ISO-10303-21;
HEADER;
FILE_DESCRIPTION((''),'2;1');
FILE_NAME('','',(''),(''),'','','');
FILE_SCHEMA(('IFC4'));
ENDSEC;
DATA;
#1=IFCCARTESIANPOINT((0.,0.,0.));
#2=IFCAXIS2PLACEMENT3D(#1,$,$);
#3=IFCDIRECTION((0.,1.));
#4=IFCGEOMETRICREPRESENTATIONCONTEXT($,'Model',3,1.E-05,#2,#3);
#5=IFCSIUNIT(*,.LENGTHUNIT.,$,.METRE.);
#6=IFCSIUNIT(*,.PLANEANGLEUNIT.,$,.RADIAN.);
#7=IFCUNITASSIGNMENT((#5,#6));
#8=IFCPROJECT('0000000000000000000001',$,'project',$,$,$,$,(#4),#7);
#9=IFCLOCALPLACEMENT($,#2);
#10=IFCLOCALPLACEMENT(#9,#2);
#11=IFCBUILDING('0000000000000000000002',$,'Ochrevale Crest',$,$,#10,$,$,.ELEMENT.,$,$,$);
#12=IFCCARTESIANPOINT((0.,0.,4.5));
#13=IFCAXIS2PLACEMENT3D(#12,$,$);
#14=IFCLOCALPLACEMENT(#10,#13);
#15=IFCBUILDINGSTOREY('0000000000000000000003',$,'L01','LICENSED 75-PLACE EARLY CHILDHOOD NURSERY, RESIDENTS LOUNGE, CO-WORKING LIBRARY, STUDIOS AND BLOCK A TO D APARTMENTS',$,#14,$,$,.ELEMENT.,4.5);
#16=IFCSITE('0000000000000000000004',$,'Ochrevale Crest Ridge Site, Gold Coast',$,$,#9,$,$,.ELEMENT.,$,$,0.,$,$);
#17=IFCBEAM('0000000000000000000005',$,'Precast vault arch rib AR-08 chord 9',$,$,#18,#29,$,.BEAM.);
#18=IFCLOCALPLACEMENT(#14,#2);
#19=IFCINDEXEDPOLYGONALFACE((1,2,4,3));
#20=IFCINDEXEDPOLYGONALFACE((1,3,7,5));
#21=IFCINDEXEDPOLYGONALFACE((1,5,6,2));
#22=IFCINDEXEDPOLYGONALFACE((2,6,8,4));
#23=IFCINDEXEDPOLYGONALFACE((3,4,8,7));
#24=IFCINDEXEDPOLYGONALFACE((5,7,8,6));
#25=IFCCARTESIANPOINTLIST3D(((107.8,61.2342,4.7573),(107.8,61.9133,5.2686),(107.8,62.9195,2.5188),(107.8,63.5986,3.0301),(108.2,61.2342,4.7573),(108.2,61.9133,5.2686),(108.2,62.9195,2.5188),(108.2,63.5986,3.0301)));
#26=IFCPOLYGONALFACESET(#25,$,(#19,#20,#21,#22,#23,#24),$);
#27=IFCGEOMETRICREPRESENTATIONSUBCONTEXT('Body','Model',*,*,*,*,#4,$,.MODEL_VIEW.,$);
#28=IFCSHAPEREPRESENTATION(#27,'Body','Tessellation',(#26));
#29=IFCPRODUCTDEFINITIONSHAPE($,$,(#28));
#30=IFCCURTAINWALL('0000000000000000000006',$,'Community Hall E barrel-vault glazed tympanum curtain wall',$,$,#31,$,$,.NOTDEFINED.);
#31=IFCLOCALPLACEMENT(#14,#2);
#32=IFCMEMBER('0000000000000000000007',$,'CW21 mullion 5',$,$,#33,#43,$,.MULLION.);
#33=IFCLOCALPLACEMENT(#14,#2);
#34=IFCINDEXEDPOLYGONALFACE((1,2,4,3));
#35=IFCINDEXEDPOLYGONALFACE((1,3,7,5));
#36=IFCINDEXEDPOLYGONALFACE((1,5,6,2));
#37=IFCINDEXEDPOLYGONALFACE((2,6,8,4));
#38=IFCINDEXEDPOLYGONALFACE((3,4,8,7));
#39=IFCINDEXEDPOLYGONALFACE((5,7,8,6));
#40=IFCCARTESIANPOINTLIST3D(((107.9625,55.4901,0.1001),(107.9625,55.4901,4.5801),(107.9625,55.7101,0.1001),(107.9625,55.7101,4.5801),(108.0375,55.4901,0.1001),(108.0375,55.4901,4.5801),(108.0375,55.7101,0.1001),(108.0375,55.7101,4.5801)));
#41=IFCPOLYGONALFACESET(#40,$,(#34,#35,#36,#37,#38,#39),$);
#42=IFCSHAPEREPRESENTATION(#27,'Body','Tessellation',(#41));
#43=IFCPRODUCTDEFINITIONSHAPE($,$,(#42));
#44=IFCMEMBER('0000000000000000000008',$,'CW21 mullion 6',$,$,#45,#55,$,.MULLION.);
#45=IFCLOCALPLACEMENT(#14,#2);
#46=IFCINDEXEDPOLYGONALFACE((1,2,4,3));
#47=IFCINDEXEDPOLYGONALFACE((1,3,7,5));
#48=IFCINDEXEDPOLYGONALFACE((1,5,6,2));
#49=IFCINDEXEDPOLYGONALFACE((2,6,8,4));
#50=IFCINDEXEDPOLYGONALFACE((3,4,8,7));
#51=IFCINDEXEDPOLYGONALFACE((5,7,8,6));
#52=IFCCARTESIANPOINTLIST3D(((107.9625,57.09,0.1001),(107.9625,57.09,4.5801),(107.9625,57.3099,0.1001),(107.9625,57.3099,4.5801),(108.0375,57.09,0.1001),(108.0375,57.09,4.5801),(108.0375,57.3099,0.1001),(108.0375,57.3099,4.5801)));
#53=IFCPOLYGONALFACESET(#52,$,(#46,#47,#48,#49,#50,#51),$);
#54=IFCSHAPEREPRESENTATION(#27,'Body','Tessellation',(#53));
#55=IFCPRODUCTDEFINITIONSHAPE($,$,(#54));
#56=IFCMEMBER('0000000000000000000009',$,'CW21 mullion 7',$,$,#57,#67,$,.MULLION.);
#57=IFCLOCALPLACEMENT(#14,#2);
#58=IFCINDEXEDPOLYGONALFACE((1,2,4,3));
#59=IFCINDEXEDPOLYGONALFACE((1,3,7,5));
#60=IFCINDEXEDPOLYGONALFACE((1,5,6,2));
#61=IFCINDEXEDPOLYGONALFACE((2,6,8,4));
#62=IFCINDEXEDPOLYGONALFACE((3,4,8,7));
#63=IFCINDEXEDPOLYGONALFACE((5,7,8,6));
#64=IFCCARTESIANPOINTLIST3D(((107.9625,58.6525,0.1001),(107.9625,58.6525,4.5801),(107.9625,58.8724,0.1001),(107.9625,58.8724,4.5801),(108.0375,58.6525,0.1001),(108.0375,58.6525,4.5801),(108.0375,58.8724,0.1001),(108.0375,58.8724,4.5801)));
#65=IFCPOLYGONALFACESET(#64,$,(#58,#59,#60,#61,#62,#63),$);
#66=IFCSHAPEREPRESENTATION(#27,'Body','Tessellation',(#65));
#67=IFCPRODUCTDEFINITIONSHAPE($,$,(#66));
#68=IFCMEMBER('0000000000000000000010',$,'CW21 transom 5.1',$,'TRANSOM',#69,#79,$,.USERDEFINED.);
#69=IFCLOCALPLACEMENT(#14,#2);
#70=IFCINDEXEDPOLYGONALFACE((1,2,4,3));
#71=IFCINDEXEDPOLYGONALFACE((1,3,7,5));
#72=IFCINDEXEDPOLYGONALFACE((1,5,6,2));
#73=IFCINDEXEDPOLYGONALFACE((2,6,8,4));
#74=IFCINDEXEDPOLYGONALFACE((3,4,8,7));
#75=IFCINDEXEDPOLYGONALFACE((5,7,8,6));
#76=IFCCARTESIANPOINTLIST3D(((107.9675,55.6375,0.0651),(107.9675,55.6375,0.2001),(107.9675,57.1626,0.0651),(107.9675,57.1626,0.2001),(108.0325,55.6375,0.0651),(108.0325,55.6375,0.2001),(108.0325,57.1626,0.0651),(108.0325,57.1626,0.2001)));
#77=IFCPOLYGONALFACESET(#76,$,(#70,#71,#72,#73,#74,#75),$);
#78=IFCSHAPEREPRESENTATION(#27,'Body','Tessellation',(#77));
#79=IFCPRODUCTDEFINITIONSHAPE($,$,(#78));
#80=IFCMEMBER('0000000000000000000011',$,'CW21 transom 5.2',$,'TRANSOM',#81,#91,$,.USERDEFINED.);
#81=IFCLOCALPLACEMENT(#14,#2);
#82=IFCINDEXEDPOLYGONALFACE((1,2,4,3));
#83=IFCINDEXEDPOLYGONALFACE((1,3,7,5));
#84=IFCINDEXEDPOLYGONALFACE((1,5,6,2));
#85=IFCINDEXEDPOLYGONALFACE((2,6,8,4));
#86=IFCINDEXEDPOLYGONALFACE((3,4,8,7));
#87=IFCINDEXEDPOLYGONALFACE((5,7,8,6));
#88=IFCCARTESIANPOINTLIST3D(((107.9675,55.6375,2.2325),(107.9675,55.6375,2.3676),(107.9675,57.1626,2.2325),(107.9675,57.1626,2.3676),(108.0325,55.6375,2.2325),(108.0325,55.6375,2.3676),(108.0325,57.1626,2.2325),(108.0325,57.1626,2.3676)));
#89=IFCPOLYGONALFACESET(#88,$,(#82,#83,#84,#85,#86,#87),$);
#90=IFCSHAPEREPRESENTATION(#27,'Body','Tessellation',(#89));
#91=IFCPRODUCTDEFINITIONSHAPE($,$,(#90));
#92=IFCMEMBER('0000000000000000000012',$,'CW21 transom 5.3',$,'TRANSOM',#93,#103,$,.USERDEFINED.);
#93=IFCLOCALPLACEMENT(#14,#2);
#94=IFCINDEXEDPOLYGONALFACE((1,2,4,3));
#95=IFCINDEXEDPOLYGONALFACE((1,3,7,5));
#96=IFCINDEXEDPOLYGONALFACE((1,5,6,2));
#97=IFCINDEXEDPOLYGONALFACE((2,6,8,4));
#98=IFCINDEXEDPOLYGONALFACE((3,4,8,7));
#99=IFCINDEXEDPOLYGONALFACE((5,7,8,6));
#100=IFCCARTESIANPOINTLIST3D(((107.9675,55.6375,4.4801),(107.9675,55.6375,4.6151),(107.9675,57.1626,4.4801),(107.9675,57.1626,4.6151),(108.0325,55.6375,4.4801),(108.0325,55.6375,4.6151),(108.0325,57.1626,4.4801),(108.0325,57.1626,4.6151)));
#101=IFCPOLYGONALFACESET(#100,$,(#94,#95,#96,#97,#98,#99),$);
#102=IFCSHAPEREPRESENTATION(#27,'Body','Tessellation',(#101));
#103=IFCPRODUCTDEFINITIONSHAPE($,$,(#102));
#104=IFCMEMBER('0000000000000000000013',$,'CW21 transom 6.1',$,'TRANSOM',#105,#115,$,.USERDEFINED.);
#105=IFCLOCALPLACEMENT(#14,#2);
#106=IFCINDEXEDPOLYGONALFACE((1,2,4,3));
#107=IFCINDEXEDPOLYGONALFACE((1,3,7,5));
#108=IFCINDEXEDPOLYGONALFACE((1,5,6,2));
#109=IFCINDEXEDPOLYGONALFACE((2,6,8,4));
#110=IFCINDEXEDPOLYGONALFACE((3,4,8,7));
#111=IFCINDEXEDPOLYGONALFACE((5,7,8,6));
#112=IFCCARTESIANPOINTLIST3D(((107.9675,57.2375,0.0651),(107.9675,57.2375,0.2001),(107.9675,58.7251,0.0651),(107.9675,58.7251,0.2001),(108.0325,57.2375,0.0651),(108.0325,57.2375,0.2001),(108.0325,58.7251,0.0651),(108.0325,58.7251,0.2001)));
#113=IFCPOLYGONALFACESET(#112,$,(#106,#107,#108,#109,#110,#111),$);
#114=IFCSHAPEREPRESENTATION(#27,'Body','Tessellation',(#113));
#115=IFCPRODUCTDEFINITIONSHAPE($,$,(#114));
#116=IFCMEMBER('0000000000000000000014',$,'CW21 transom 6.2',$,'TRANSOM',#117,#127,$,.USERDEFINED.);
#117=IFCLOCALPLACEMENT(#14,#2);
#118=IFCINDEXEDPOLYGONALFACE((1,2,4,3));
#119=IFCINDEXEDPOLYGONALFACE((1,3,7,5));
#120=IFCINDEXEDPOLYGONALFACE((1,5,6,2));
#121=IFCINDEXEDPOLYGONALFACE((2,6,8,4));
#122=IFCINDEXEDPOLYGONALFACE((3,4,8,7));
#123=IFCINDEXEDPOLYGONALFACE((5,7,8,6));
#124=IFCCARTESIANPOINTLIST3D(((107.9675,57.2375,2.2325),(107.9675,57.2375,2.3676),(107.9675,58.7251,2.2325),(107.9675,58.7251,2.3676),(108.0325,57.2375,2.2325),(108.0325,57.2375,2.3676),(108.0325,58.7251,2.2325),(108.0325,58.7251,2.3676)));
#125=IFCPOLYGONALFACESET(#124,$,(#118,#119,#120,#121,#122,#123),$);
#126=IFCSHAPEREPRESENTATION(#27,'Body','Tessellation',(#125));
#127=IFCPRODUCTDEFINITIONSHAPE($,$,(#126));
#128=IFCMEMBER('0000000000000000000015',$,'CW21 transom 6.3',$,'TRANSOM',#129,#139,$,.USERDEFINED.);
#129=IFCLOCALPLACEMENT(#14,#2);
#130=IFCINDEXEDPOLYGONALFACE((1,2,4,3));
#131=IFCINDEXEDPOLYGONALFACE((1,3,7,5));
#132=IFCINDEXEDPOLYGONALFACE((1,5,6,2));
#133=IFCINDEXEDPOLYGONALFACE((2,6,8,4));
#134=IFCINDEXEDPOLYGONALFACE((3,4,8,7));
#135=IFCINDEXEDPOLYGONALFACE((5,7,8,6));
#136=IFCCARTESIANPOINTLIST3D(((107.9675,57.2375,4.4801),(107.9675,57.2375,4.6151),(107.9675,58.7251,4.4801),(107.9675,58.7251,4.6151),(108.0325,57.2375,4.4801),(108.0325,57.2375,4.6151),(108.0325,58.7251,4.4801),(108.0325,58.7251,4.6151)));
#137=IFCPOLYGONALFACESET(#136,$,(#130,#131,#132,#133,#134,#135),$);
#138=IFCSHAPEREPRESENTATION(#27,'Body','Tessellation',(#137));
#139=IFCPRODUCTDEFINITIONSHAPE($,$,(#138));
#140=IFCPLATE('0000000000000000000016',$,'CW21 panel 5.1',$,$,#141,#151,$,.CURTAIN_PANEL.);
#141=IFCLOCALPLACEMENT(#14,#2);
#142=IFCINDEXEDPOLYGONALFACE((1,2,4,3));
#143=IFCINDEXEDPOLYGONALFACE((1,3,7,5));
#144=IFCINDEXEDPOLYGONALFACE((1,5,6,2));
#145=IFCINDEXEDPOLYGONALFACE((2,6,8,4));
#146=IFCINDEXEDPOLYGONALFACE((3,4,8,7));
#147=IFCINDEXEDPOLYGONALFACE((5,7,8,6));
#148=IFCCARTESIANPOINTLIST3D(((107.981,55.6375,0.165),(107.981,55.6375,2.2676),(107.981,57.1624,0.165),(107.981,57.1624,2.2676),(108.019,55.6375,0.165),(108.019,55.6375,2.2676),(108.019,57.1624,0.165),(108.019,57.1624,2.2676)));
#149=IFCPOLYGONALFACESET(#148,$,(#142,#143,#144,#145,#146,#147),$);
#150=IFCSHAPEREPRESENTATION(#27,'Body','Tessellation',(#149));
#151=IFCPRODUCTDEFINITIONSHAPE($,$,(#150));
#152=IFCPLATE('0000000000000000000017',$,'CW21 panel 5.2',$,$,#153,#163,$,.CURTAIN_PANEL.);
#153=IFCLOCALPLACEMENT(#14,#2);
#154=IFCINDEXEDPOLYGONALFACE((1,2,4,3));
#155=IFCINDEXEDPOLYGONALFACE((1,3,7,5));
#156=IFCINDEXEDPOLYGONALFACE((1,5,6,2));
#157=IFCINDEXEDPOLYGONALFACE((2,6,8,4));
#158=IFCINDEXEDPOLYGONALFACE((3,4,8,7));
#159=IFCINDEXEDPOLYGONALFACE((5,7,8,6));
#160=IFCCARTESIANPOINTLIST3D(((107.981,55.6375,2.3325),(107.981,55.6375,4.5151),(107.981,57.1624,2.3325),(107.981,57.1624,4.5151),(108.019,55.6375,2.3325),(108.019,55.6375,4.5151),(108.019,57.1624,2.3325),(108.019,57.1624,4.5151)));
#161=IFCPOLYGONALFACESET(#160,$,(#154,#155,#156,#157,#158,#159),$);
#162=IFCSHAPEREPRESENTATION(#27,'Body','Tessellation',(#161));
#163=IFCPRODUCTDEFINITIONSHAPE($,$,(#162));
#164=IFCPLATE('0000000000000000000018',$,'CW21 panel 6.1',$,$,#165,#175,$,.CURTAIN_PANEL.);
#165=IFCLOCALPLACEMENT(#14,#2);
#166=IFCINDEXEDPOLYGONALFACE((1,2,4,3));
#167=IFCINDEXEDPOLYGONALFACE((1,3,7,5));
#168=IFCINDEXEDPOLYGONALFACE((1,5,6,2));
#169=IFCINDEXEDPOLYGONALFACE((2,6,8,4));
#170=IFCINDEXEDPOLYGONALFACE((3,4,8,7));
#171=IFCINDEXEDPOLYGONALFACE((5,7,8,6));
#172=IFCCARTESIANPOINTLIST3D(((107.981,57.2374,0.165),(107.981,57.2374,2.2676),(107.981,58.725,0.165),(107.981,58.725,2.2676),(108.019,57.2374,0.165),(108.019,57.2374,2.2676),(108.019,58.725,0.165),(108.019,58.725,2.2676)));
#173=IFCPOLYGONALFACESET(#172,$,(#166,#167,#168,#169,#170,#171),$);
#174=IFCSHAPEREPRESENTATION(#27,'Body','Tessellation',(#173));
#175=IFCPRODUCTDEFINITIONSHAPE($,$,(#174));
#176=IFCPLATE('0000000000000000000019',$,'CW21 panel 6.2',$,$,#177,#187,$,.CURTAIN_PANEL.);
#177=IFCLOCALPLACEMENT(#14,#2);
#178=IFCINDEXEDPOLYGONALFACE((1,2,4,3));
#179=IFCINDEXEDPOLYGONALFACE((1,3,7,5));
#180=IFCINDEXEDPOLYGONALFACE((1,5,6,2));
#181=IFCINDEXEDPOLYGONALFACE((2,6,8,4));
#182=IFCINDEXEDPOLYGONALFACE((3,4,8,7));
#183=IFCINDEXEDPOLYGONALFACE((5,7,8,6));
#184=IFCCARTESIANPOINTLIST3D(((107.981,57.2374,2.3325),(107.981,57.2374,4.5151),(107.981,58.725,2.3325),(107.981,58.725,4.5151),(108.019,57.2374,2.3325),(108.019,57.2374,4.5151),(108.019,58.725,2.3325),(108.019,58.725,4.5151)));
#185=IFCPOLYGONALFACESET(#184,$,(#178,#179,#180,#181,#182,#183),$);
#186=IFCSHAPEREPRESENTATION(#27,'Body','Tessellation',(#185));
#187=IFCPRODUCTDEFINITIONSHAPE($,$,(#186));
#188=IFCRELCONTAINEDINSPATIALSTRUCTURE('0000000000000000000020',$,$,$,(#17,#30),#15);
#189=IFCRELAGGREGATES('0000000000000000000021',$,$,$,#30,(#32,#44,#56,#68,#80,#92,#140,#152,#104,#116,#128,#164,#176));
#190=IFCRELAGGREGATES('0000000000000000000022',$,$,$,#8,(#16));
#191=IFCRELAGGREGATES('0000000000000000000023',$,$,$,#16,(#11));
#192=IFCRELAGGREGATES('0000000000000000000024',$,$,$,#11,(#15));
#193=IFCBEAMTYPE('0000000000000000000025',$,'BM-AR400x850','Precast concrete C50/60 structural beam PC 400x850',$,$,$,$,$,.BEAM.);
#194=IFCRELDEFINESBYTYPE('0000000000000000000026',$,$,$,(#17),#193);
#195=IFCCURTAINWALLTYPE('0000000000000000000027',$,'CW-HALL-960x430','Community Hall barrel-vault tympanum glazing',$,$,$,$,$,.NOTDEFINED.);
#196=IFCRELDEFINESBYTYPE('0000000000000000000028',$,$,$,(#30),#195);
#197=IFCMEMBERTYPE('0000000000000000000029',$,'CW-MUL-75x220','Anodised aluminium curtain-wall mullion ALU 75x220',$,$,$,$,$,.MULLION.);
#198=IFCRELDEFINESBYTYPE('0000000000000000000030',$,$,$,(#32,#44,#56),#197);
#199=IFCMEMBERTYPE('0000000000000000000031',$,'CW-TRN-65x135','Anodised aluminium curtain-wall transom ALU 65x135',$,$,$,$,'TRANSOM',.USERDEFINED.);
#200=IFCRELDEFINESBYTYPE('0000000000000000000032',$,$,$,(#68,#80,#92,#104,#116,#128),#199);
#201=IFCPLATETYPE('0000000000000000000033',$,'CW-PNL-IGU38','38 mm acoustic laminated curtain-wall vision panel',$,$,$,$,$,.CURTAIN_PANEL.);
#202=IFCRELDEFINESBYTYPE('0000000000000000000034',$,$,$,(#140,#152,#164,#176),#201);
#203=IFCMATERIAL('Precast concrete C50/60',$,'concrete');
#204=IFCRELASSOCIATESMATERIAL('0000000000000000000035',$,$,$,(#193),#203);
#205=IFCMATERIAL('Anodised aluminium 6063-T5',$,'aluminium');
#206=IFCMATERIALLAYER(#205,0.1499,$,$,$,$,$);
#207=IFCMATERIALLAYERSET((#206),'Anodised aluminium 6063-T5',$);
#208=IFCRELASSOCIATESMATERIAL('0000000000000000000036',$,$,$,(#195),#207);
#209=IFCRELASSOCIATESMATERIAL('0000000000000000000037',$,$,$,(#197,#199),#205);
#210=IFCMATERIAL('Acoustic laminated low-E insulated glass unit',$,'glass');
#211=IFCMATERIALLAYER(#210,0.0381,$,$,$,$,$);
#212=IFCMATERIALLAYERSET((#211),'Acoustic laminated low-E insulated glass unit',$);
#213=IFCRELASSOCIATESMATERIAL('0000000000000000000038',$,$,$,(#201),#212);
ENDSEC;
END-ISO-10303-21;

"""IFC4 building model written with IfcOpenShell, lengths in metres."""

from ifc_helpers import new_model, si_unit, direction, frame, origin, origin_2d, place, context, subcontext, project, spatial, rectangle, extrude, material, layer, layer_set, material_profile, profile_set, type_object, element, aggregate, save


model = new_model("IFC4")

# Units and contexts
model_context = context("Model", 3, precision=1e-05, world=origin(), true_north=direction((0.0, 1.0)))
body_context = subcontext(model_context, "Body", "Model", "MODEL_VIEW")
ifc_project = project(units=[si_unit("LENGTHUNIT", "METRE"), si_unit("PLANEANGLEUNIT", "RADIAN")], contexts=[model_context])

# Site, building, storey
site_placement = place(None, origin())
site = spatial("IfcSite", under=ifc_project, at=site_placement, Name="Ochrevale Crest Ridge Site, Gold Coast", CompositionType="ELEMENT", RefElevation=0.0)
building_placement = place(site_placement, origin())
building = spatial("IfcBuilding", under=site, at=building_placement, Name="Ochrevale Crest", CompositionType="ELEMENT")
storey_placement = place(building_placement, frame((0.0, 0.0, 4.5)))
storey = spatial("IfcBuildingStorey", under=building, at=storey_placement, Name="L01", Description="LICENSED 75-PLACE EARLY CHILDHOOD NURSERY, RESIDENTS LOUNGE, CO-WORKING LIBRARY, STUDIOS AND BLOCK A TO D APARTMENTS", CompositionType="ELEMENT", Elevation=4.5)

# Beam
ifc_material_1 = material(Name="Precast concrete C50/60", Category="concrete")
ifc_material_profile_1 = material_profile(ifc_material_1, rectangle(XDim=0.3999, YDim=0.8501, at=origin_2d()), Name="PC 400x850")
ifc_profile_set_1 = profile_set([ifc_material_profile_1], Name="Precast concrete C50/60")
beam_type = type_object("IfcBeamType", Name="BM-AR400x850", Description="Precast concrete C50/60 structural beam PC 400x850", PredefinedType="BEAM", material=ifc_profile_set_1)
beam_placement = place(storey_placement, frame((108.0, 61.5737, 5.0129), z_axis=(0.0, 0.601463, -0.798901), x_axis=(-1.0, 0.0, 0.0)))
element("IfcBeam", 1, at=beam_placement, inside=storey, type_object=beam_type, Name="Precast vault arch rib AR-08 chord 9", PredefinedType="BEAM", context=body_context, shape_type="SweptSolid", body=[
    extrude(rectangle(XDim=0.3999, YDim=0.8501, at=origin_2d()), origin(), (0.0, 0.0, 1.0), 2.802),
])

# Curtain wall, members, plates
ifc_material_2 = material(Name="Anodised aluminium 6063-T5", Category="aluminium")
ifc_layer_1 = layer(ifc_material_2, 0.1499)
ifc_layer_set_1 = layer_set([ifc_layer_1], Name="Anodised aluminium 6063-T5")
curtain_wall_type = type_object("IfcCurtainWallType", Name="CW-HALL-960x430", Description="Community Hall barrel-vault tympanum glazing", PredefinedType="NOTDEFINED", material=ifc_layer_set_1)
curtain_wall_placement = place(storey_placement, origin())
curtain_wall = element("IfcCurtainWall", 2, at=curtain_wall_placement, inside=storey, type_object=curtain_wall_type, Name="Community Hall E barrel-vault glazed tympanum curtain wall", PredefinedType="NOTDEFINED")
ifc_material_profile_2 = material_profile(ifc_material_2, rectangle(XDim=0.075, YDim=0.22, at=origin_2d()), Name="ALU 75x220")
ifc_profile_set_2 = profile_set([ifc_material_profile_2], Name="Anodised aluminium 6063-T5")
member_type_1 = type_object("IfcMemberType", Name="CW-MUL-75x220", Description="Anodised aluminium curtain-wall mullion ALU 75x220", PredefinedType="MULLION", material=ifc_profile_set_2)
member_1_placement = place(storey_placement, frame((108.0, 55.6001, 0.1001), z_axis=(0.0, 0.0, 1.0), x_axis=(-1.0, 0.0, 0.0)))
member_1 = element("IfcMember", 3, at=member_1_placement, type_object=member_type_1, Name="CW21 mullion 5", PredefinedType="MULLION", context=body_context, shape_type="SweptSolid", body=[
    extrude(rectangle(XDim=0.075, YDim=0.22, at=origin_2d()), origin(), (0.0, 0.0, 1.0), 4.48),
])
member_2_placement = place(storey_placement, frame((108.0, 57.2, 0.1001), z_axis=(0.0, 0.0, 1.0), x_axis=(-1.0, 0.0, 0.0)))
member_2 = element("IfcMember", 4, at=member_2_placement, type_object=member_type_1, Name="CW21 mullion 6", PredefinedType="MULLION", context=body_context, shape_type="SweptSolid", body=[
    extrude(rectangle(XDim=0.075, YDim=0.22, at=origin_2d()), origin(), (0.0, 0.0, 1.0), 4.48),
])
member_3_placement = place(storey_placement, frame((108.0, 58.7625, 0.1001), z_axis=(0.0, 0.0, 1.0), x_axis=(-1.0, 0.0, 0.0)))
member_3 = element("IfcMember", 5, at=member_3_placement, type_object=member_type_1, Name="CW21 mullion 7", PredefinedType="MULLION", context=body_context, shape_type="SweptSolid", body=[
    extrude(rectangle(XDim=0.075, YDim=0.22, at=origin_2d()), origin(), (0.0, 0.0, 1.0), 4.48),
])
ifc_material_profile_3 = material_profile(ifc_material_2, rectangle(XDim=0.0649, YDim=0.135, at=origin_2d()), Name="ALU 65x135")
ifc_profile_set_3 = profile_set([ifc_material_profile_3], Name="Anodised aluminium 6063-T5")
member_type_2 = type_object("IfcMemberType", Name="CW-TRN-65x135", Description="Anodised aluminium curtain-wall transom ALU 65x135", ElementType="TRANSOM", PredefinedType="USERDEFINED", material=ifc_profile_set_3)
member_4_placement = place(storey_placement, frame((108.0, 55.6375, 0.1326), z_axis=(0.0, 1.0, 0.0), x_axis=(-1.0, 0.0, 0.0)))
member_4 = element("IfcMember", 6, at=member_4_placement, type_object=member_type_2, Name="CW21 transom 5.1", ObjectType="TRANSOM", PredefinedType="USERDEFINED", context=body_context, shape_type="SweptSolid", body=[
    extrude(rectangle(XDim=0.0649, YDim=0.135, at=origin_2d()), origin(), (0.0, 0.0, 1.0), 1.5251),
])
member_5_placement = place(storey_placement, frame((108.0, 55.6375, 2.3), z_axis=(0.0, 1.0, 0.0), x_axis=(-1.0, 0.0, 0.0)))
member_5 = element("IfcMember", 7, at=member_5_placement, type_object=member_type_2, Name="CW21 transom 5.2", ObjectType="TRANSOM", PredefinedType="USERDEFINED", context=body_context, shape_type="SweptSolid", body=[
    extrude(rectangle(XDim=0.0649, YDim=0.135, at=origin_2d()), origin(), (0.0, 0.0, 1.0), 1.5251),
])
member_6_placement = place(storey_placement, frame((108.0, 55.6375, 4.5476), z_axis=(0.0, 1.0, 0.0), x_axis=(-1.0, 0.0, 0.0)))
member_6 = element("IfcMember", 8, at=member_6_placement, type_object=member_type_2, Name="CW21 transom 5.3", ObjectType="TRANSOM", PredefinedType="USERDEFINED", context=body_context, shape_type="SweptSolid", body=[
    extrude(rectangle(XDim=0.0649, YDim=0.135, at=origin_2d()), origin(), (0.0, 0.0, 1.0), 1.5251),
])
member_7_placement = place(storey_placement, frame((108.0, 57.2375, 0.1326), z_axis=(0.0, 1.0, 0.0), x_axis=(-1.0, 0.0, 0.0)))
member_7 = element("IfcMember", 9, at=member_7_placement, type_object=member_type_2, Name="CW21 transom 6.1", ObjectType="TRANSOM", PredefinedType="USERDEFINED", context=body_context, shape_type="SweptSolid", body=[
    extrude(rectangle(XDim=0.0649, YDim=0.135, at=origin_2d()), origin(), (0.0, 0.0, 1.0), 1.4875),
])
member_8_placement = place(storey_placement, frame((108.0, 57.2375, 2.3), z_axis=(0.0, 1.0, 0.0), x_axis=(-1.0, 0.0, 0.0)))
member_8 = element("IfcMember", 10, at=member_8_placement, type_object=member_type_2, Name="CW21 transom 6.2", ObjectType="TRANSOM", PredefinedType="USERDEFINED", context=body_context, shape_type="SweptSolid", body=[
    extrude(rectangle(XDim=0.0649, YDim=0.135, at=origin_2d()), origin(), (0.0, 0.0, 1.0), 1.4875),
])
member_9_placement = place(storey_placement, frame((108.0, 57.2375, 4.5476), z_axis=(0.0, 1.0, 0.0), x_axis=(-1.0, 0.0, 0.0)))
member_9 = element("IfcMember", 11, at=member_9_placement, type_object=member_type_2, Name="CW21 transom 6.3", ObjectType="TRANSOM", PredefinedType="USERDEFINED", context=body_context, shape_type="SweptSolid", body=[
    extrude(rectangle(XDim=0.0649, YDim=0.135, at=origin_2d()), origin(), (0.0, 0.0, 1.0), 1.4875),
])
ifc_material_3 = material(Name="Acoustic laminated low-E insulated glass unit", Category="glass")
ifc_layer_2 = layer(ifc_material_3, 0.0381)
ifc_layer_set_2 = layer_set([ifc_layer_2], Name="Acoustic laminated low-E insulated glass unit")
plate_type = type_object("IfcPlateType", Name="CW-PNL-IGU38", Description="38 mm acoustic laminated curtain-wall vision panel", PredefinedType="CURTAIN_PANEL", material=ifc_layer_set_2)
plate_1_placement = place(storey_placement, frame((108.0, 56.3999, 0.165), z_axis=(0.0, 0.0, 1.0), x_axis=(0.0, 1.0, 0.0)))
plate_1 = element("IfcPlate", 12, at=plate_1_placement, type_object=plate_type, Name="CW21 panel 5.1", PredefinedType="CURTAIN_PANEL", context=body_context, shape_type="SweptSolid", body=[
    extrude(rectangle(XDim=1.5249, YDim=0.0381, at=origin_2d()), origin(), (0.0, 0.0, 1.0), 2.1025),
])
plate_2_placement = place(storey_placement, frame((108.0, 56.3999, 2.3325), z_axis=(0.0, 0.0, 1.0), x_axis=(0.0, 1.0, 0.0)))
plate_2 = element("IfcPlate", 13, at=plate_2_placement, type_object=plate_type, Name="CW21 panel 5.2", PredefinedType="CURTAIN_PANEL", context=body_context, shape_type="SweptSolid", body=[
    extrude(rectangle(XDim=1.5249, YDim=0.0381, at=origin_2d()), origin(), (0.0, 0.0, 1.0), 2.1826),
])
plate_3_placement = place(storey_placement, frame((108.0, 57.9812, 0.165), z_axis=(0.0, 0.0, 1.0), x_axis=(0.0, 1.0, 0.0)))
plate_3 = element("IfcPlate", 14, at=plate_3_placement, type_object=plate_type, Name="CW21 panel 6.1", PredefinedType="CURTAIN_PANEL", context=body_context, shape_type="SweptSolid", body=[
    extrude(rectangle(XDim=1.4875, YDim=0.0381, at=origin_2d()), origin(), (0.0, 0.0, 1.0), 2.1025),
])
plate_4_placement = place(storey_placement, frame((108.0, 57.9812, 2.3325), z_axis=(0.0, 0.0, 1.0), x_axis=(0.0, 1.0, 0.0)))
plate_4 = element("IfcPlate", 15, at=plate_4_placement, type_object=plate_type, Name="CW21 panel 6.2", PredefinedType="CURTAIN_PANEL", context=body_context, shape_type="SweptSolid", body=[
    extrude(rectangle(XDim=1.4875, YDim=0.0381, at=origin_2d()), origin(), (0.0, 0.0, 1.0), 2.1826),
])
aggregate(curtain_wall, [member_1, member_2, member_3, member_4, member_5, member_6, plate_1, plate_2, member_7, member_8, member_9, plate_3, plate_4])

save(model, "model.ifc")
